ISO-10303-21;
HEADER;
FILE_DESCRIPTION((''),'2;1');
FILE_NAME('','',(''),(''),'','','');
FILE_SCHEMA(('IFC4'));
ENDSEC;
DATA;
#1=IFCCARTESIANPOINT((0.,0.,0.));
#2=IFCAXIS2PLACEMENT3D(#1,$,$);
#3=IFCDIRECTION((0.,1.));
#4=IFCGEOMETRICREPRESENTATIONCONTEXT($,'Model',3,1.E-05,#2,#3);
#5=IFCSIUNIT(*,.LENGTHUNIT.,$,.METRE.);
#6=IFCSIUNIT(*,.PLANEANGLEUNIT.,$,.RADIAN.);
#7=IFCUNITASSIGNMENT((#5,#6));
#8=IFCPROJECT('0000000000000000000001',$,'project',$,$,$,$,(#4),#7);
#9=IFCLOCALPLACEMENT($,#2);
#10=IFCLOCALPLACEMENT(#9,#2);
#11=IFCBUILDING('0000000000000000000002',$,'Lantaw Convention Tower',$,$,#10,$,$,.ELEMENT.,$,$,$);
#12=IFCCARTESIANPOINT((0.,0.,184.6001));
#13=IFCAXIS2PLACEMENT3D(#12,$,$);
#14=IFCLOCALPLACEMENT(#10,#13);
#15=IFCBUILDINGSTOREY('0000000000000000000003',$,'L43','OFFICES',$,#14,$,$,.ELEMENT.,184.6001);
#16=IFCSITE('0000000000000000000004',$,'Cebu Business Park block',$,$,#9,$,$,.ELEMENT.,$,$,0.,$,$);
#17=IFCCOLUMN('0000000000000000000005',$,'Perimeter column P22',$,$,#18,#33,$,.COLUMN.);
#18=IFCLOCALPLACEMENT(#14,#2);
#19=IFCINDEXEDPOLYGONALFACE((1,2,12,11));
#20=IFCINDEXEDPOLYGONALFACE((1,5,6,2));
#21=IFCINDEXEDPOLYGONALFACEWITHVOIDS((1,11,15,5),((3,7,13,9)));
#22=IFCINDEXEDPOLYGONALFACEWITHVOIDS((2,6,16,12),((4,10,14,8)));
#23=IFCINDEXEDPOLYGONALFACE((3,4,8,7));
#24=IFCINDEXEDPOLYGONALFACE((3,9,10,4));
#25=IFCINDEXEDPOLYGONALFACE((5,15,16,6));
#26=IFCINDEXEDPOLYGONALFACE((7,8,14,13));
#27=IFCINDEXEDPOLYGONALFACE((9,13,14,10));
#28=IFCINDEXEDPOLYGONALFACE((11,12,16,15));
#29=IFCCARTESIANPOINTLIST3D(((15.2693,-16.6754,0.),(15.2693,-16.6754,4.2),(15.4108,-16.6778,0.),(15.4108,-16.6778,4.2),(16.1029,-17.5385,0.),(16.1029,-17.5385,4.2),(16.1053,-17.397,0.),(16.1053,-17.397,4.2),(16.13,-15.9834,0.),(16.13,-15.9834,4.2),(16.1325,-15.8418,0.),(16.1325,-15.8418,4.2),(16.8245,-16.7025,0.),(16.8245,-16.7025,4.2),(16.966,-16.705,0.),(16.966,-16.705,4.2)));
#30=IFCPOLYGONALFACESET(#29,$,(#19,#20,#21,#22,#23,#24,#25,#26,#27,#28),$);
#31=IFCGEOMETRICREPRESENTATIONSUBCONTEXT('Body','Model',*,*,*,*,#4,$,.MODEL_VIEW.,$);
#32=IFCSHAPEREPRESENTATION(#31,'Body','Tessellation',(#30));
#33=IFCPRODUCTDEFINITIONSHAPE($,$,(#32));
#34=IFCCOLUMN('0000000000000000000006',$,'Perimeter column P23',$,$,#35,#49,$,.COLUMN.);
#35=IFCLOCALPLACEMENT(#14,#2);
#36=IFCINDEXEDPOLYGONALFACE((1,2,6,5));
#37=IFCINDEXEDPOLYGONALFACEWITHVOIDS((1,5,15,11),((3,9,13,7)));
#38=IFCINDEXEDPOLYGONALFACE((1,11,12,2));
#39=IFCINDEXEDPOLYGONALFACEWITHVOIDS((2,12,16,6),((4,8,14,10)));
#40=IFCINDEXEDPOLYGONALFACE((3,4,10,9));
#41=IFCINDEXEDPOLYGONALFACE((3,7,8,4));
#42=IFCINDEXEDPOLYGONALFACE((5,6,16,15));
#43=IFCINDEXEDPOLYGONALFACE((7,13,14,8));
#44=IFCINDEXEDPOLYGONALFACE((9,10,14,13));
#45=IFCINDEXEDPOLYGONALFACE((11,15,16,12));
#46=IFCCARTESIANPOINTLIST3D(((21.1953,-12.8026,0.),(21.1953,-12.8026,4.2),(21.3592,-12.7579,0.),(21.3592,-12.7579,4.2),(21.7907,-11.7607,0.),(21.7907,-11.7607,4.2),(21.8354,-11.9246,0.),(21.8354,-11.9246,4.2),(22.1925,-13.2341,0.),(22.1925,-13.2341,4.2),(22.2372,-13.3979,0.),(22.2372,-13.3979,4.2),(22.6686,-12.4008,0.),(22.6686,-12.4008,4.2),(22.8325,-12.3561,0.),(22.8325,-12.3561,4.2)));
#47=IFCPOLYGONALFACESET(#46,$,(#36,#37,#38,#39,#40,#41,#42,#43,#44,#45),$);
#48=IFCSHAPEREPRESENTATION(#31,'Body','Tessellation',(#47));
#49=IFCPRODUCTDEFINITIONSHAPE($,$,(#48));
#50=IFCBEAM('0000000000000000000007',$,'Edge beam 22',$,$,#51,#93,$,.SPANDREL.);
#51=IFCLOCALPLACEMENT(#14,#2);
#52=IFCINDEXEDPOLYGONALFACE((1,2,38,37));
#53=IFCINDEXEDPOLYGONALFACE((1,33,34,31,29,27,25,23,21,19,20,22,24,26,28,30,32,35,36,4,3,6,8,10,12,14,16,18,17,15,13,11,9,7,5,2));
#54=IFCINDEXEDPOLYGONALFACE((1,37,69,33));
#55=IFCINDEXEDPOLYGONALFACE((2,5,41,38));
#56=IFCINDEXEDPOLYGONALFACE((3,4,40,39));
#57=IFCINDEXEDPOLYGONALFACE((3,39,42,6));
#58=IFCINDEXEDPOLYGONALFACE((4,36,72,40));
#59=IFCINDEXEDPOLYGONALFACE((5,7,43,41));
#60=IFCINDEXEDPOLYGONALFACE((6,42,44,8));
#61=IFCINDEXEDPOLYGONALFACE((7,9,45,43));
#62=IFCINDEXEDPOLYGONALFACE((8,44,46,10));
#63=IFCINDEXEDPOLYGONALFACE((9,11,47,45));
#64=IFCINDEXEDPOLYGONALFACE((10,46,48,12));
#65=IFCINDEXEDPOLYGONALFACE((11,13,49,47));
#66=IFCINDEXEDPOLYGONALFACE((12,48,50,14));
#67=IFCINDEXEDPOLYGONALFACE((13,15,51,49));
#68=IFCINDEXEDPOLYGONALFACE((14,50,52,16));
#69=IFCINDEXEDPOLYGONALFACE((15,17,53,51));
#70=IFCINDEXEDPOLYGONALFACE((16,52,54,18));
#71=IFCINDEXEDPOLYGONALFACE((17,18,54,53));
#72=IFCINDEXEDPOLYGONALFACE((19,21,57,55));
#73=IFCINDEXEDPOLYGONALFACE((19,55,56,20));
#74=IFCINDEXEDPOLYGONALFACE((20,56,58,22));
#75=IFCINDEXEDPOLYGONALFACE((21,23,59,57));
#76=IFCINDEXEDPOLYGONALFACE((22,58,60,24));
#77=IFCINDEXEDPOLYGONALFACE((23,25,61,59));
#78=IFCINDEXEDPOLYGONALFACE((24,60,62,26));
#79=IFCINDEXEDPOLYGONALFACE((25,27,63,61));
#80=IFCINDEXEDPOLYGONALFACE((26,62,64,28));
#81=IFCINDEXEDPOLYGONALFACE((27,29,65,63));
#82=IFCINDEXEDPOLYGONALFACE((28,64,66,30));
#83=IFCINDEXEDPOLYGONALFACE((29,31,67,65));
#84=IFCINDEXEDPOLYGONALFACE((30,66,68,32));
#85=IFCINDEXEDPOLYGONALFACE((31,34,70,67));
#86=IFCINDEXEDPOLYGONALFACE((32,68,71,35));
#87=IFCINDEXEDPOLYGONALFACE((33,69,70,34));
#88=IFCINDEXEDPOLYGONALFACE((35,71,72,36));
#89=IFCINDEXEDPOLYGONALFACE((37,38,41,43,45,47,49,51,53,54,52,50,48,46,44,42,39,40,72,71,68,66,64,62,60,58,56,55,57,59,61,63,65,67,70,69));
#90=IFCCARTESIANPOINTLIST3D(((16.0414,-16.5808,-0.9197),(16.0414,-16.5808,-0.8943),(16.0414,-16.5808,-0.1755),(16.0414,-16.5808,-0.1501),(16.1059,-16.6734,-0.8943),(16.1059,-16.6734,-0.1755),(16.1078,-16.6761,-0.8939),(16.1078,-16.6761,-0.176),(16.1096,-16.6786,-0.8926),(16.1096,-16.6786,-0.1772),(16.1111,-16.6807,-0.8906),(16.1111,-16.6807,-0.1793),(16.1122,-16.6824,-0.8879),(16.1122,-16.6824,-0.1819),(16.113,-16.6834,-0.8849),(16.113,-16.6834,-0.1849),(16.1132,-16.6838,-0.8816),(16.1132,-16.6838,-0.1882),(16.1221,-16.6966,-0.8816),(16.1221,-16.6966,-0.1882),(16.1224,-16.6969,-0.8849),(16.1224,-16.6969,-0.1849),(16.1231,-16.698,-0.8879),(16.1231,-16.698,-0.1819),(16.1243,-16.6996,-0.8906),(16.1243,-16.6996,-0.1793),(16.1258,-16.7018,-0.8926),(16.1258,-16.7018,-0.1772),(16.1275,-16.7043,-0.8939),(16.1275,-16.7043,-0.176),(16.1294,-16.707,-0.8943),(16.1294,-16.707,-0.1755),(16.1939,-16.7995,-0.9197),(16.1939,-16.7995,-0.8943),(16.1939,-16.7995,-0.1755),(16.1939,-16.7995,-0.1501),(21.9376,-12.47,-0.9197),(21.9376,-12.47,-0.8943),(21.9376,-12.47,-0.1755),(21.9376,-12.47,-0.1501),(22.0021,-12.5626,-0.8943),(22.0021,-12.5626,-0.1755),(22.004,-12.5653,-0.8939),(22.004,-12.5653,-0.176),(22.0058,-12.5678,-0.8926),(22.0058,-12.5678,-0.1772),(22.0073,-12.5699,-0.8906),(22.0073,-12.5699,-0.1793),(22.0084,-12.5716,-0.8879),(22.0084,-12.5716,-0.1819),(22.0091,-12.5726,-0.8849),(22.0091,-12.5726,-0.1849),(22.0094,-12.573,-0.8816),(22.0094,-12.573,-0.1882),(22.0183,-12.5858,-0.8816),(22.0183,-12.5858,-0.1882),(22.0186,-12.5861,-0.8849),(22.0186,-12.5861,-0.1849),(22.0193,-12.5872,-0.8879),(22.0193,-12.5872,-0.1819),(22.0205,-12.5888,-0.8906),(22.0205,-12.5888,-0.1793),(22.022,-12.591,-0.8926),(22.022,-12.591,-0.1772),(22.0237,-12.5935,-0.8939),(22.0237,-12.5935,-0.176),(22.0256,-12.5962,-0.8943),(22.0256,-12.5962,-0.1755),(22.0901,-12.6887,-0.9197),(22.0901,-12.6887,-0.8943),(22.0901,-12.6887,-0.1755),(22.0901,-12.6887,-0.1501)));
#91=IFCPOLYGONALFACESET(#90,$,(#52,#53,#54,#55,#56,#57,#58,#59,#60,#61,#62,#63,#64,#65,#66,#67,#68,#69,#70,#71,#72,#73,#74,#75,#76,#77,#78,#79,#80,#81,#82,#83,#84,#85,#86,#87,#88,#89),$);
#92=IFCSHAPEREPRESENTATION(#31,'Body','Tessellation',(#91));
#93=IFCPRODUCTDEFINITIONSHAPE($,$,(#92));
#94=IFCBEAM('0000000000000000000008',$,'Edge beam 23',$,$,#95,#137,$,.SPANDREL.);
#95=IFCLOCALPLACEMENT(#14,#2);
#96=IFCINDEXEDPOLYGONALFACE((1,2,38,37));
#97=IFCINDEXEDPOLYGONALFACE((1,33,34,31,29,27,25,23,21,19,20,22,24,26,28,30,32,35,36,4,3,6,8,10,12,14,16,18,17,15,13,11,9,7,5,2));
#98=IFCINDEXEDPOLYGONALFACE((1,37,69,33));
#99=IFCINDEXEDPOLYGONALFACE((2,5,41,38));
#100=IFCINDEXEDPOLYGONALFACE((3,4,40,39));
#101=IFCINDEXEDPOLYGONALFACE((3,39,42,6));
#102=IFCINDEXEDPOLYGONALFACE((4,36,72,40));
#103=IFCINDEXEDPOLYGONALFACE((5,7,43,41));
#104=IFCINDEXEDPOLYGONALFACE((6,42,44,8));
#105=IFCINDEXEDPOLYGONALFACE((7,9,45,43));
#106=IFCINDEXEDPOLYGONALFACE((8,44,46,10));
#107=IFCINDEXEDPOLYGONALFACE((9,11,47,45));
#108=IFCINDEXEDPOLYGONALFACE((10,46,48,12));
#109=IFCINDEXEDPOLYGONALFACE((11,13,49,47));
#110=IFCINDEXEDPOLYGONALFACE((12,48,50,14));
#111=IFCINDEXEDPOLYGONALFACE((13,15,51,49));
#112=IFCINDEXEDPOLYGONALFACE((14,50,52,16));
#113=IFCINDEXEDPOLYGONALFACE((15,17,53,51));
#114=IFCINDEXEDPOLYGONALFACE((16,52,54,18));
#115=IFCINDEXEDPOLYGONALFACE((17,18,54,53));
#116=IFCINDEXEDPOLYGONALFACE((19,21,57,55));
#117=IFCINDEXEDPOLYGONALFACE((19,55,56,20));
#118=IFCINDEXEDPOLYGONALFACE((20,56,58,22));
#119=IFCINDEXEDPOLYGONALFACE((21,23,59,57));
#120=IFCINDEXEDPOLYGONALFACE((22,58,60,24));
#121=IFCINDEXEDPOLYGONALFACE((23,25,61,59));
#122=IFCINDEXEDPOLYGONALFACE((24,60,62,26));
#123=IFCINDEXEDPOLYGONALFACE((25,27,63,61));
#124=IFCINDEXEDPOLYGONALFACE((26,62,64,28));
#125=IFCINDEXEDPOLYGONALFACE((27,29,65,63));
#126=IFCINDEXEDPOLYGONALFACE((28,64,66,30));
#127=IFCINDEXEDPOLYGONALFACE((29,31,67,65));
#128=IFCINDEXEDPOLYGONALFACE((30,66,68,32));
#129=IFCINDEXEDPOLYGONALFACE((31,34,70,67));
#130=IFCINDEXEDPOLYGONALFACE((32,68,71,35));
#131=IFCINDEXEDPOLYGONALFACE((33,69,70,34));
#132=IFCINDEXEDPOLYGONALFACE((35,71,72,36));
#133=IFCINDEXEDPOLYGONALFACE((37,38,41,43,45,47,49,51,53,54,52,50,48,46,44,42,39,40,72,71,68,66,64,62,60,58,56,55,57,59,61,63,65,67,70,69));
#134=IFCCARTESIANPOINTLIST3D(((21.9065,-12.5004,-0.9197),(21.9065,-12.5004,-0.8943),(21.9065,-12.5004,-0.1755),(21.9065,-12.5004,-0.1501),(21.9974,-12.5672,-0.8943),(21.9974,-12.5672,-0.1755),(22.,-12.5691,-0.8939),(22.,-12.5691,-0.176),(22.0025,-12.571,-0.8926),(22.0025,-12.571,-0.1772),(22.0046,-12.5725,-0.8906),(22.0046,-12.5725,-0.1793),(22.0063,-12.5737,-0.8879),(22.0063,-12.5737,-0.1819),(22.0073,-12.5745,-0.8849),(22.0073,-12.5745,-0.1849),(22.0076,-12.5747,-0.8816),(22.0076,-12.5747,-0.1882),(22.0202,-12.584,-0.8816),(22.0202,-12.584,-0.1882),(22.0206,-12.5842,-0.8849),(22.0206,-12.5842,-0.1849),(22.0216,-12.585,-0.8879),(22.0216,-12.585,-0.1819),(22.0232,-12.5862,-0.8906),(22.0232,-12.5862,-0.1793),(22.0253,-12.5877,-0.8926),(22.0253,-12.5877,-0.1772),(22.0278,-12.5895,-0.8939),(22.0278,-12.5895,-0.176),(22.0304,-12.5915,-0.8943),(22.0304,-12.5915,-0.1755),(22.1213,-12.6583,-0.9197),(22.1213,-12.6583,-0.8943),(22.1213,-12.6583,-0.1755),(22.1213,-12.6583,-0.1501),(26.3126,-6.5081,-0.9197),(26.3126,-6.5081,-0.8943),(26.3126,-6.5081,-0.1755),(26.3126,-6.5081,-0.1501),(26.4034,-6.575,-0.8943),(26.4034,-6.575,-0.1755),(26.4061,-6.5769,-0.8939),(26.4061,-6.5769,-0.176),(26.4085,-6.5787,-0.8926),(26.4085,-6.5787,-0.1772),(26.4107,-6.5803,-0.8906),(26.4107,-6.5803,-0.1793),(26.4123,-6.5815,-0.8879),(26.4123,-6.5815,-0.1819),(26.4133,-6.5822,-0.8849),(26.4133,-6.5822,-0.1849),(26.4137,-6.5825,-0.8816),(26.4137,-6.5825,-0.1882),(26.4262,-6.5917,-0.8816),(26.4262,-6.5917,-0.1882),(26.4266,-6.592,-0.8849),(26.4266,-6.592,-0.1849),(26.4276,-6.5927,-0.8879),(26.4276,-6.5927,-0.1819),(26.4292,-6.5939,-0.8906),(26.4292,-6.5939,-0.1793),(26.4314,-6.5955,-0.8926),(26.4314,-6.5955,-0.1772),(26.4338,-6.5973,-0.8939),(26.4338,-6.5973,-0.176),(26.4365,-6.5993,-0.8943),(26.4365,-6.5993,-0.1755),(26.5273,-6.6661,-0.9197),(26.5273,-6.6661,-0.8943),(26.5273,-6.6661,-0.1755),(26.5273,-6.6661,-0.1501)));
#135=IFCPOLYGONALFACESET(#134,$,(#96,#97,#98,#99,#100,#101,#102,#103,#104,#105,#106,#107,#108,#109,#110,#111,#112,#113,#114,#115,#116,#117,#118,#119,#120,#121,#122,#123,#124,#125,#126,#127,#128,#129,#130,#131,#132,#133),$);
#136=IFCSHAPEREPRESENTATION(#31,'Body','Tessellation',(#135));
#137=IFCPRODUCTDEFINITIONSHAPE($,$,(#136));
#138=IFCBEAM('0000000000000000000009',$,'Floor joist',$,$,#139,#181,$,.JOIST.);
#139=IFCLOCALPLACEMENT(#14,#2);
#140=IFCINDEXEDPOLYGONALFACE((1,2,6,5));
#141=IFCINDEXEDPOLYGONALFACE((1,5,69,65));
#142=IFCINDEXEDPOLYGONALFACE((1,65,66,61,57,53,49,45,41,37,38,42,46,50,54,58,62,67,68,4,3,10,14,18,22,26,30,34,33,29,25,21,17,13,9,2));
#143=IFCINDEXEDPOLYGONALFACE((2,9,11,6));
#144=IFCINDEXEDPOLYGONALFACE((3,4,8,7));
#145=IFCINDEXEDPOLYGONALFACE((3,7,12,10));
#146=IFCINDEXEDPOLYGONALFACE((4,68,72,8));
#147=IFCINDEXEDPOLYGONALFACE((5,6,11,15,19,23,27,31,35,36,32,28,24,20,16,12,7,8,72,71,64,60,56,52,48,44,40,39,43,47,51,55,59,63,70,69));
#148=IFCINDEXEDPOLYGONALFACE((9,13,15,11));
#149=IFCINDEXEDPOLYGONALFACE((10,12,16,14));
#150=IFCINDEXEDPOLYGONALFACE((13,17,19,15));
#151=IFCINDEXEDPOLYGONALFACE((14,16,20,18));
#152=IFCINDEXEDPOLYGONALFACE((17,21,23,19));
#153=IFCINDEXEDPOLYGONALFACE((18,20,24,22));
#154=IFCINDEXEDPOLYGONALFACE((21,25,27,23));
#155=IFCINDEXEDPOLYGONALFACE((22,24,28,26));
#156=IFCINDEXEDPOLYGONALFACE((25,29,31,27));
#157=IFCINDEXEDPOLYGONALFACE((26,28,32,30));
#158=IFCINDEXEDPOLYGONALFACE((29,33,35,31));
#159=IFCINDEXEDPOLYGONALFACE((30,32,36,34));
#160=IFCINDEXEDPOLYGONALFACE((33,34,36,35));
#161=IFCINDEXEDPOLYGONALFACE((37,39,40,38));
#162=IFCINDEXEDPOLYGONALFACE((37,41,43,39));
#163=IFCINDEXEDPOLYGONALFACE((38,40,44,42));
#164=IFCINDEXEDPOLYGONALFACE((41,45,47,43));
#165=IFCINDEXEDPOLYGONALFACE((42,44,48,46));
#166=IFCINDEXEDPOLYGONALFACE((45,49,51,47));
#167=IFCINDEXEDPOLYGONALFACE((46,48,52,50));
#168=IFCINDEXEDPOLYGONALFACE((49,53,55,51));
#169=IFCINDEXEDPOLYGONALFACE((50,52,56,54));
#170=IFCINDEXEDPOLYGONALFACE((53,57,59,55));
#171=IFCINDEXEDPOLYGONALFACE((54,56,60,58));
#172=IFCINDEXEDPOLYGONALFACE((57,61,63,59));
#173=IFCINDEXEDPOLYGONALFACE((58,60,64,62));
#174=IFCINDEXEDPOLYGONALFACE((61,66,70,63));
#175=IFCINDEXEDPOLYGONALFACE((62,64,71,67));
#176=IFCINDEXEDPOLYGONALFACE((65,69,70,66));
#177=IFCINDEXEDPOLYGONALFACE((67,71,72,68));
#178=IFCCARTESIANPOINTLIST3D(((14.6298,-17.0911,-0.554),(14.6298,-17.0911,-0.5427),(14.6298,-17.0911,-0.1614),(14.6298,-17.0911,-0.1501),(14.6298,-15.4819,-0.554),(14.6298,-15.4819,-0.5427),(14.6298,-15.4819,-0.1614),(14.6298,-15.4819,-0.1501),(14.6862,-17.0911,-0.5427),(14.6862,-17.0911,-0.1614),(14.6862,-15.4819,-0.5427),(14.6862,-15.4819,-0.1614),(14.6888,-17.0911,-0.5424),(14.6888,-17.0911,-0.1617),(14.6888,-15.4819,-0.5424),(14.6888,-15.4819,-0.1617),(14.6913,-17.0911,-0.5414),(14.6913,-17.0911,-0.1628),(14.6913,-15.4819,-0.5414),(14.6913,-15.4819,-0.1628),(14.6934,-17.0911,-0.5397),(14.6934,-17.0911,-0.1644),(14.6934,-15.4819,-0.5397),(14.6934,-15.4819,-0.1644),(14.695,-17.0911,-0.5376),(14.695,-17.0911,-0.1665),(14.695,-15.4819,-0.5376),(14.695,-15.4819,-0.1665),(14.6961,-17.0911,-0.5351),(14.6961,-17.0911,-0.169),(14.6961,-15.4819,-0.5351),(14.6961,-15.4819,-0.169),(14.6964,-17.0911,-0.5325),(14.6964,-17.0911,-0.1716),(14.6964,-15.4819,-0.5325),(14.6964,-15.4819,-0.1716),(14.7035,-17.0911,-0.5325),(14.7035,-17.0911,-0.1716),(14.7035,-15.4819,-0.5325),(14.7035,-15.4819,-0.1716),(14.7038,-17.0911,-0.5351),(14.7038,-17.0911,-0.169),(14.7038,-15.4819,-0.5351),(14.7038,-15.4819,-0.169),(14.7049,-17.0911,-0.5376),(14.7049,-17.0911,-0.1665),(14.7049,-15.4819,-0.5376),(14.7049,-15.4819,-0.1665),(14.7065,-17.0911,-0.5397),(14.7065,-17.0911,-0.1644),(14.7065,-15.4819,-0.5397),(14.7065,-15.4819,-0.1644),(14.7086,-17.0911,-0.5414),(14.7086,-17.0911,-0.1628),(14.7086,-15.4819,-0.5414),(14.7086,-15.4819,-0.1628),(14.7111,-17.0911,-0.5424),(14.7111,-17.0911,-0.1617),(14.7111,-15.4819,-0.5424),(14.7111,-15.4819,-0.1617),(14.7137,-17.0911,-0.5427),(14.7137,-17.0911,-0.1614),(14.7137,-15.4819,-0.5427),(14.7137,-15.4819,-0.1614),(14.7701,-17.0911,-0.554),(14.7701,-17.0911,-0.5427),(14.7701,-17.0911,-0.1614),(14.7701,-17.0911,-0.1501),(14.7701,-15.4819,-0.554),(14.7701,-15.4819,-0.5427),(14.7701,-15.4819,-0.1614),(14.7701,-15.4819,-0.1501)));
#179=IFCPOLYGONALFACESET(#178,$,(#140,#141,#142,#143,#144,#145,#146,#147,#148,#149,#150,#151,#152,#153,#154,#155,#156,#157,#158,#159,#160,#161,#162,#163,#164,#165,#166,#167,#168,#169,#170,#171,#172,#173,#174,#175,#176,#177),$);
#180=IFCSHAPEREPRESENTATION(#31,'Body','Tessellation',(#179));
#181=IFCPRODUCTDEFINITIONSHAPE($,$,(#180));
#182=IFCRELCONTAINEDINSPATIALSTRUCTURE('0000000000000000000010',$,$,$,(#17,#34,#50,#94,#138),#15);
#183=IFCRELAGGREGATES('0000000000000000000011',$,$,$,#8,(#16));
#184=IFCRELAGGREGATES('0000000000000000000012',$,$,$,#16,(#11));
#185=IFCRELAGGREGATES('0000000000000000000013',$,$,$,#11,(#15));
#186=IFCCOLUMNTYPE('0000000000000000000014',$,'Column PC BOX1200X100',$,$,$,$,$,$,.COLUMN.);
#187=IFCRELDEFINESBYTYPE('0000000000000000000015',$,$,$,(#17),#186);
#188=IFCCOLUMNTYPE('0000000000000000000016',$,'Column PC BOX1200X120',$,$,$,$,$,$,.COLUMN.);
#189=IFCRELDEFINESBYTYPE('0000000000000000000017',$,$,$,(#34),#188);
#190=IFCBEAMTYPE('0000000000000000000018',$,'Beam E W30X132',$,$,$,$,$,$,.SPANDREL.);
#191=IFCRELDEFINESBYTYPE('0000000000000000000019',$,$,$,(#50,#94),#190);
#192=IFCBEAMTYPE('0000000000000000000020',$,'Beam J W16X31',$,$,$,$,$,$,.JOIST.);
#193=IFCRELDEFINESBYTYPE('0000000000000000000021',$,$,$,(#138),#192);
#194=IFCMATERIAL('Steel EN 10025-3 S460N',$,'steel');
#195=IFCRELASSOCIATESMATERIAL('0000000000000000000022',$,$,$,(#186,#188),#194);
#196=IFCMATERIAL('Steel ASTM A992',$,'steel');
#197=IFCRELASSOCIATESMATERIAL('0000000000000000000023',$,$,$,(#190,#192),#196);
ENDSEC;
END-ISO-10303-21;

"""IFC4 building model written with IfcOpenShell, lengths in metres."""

from ifc_helpers import new_model, si_unit, direction, frame, origin, origin_2d, place, context, subcontext, project, spatial, rectangle, hollow_rectangle, i_section, extrude, material, material_profile, profile_set, type_object, element, save


model = new_model("IFC4")

# Units and contexts
model_context = context("Model", 3, precision=1e-05, world=origin(), true_north=direction((0.0, 1.0)))
body_context = subcontext(model_context, "Body", "Model", "MODEL_VIEW")
ifc_project = project(units=[si_unit("LENGTHUNIT", "METRE"), si_unit("PLANEANGLEUNIT", "RADIAN")], contexts=[model_context])

# Site, building, storey
site_placement = place(None, origin())
site = spatial("IfcSite", under=ifc_project, at=site_placement, Name="Cebu Business Park block", CompositionType="ELEMENT", RefElevation=0.0)
building_placement = place(site_placement, origin())
building = spatial("IfcBuilding", under=site, at=building_placement, Name="Lantaw Convention Tower", CompositionType="ELEMENT")
storey_placement = place(building_placement, frame((0.0, 0.0, 184.6001)))
storey = spatial("IfcBuildingStorey", under=building, at=storey_placement, Name="L43", Description="OFFICES", CompositionType="ELEMENT", Elevation=184.6001)

# Columns
ifc_material_1 = material(Name="Steel EN 10025-3 S460N", Category="steel")
ifc_material_profile_1 = material_profile(ifc_material_1, hollow_rectangle(XDim=1.2, YDim=1.2, WallThickness=0.1001, at=origin_2d()), Name="BOX1200X100")
ifc_material_2 = material(Name="Concrete C60/75", Category="concrete")
ifc_material_profile_2 = material_profile(ifc_material_2, rectangle(XDim=1.0, YDim=1.0, at=origin_2d()), Name="Concrete fill of BOX1200X100")
ifc_profile_set_1 = profile_set([ifc_material_profile_1, ifc_material_profile_2], Name="Steel EN 10025-3 S460N")
column_type_1 = type_object("IfcColumnType", Name="Column PC BOX1200X100", PredefinedType="COLUMN", material=ifc_profile_set_1)
column_1_placement = place(storey_placement, frame((16.1177, -16.6902, 0.0), z_axis=(0.0, 0.0, 1.0), x_axis=(0.71934, 0.694658, 0.0)))
element("IfcColumn", 1, at=column_1_placement, inside=storey, type_object=column_type_1, Name="Perimeter column P22", PredefinedType="COLUMN", context=body_context, shape_type="SweptSolid", body=[
    extrude(hollow_rectangle(XDim=1.2, YDim=1.2, WallThickness=0.1001, at=origin_2d()), origin(), (0.0, 0.0, 1.0), 4.2),
])
ifc_material_profile_3 = material_profile(ifc_material_1, hollow_rectangle(XDim=1.2, YDim=1.2, WallThickness=0.1201, at=origin_2d()), Name="BOX1200X120")
ifc_material_profile_4 = material_profile(ifc_material_2, rectangle(XDim=0.96, YDim=0.96, at=origin_2d()), Name="Concrete fill of BOX1200X120")
ifc_profile_set_2 = profile_set([ifc_material_profile_3, ifc_material_profile_4], Name="Steel EN 10025-3 S460N")
column_type_2 = type_object("IfcColumnType", Name="Column PC BOX1200X120", PredefinedType="COLUMN", material=ifc_profile_set_2)
column_2_placement = place(storey_placement, frame((22.0139, -12.5793, 0.0), z_axis=(0.0, 0.0, 1.0), x_axis=(0.496139, 0.868243, 0.0)))
element("IfcColumn", 2, at=column_2_placement, inside=storey, type_object=column_type_2, Name="Perimeter column P23", PredefinedType="COLUMN", context=body_context, shape_type="SweptSolid", body=[
    extrude(hollow_rectangle(XDim=1.2, YDim=1.2, WallThickness=0.1201, at=origin_2d()), origin(), (0.0, 0.0, 1.0), 4.2),
])

# Beams
ifc_material_3 = material(Name="Steel ASTM A992", Category="steel")
ifc_material_profile_5 = material_profile(ifc_material_3, i_section(OverallWidth=0.2666, OverallDepth=0.7695, WebThickness=0.0156, FlangeThickness=0.0254, FilletRadius=0.0127, at=origin_2d()), Name="W30X132")
ifc_profile_set_3 = profile_set([ifc_material_profile_5], Name="Steel ASTM A992")
beam_type_1 = type_object("IfcBeamType", Name="Beam E W30X132", PredefinedType="SPANDREL", material=ifc_profile_set_3)
beam_1_placement = place(storey_placement, frame((16.1177, -16.6902, -0.5349), z_axis=(0.820311, 0.571918, 0.0), x_axis=(-0.571918, 0.820311, 0.0)))
element("IfcBeam", 3, at=beam_1_placement, inside=storey, type_object=beam_type_1, Name="Edge beam 22", PredefinedType="SPANDREL", context=body_context, shape_type="SweptSolid", body=[
    extrude(i_section(OverallWidth=0.2666, OverallDepth=0.7695, WebThickness=0.0156, FlangeThickness=0.0254, FilletRadius=0.0127, at=origin_2d()), origin(), (0.0, 0.0, 1.0), 7.1877),
])
beam_2_placement = place(storey_placement, frame((22.0139, -12.5793, -0.5349), z_axis=(0.592389, 0.805652, 0.0), x_axis=(-0.805652, 0.592389, 0.0)))
element("IfcBeam", 4, at=beam_2_placement, inside=storey, type_object=beam_type_1, Name="Edge beam 23", PredefinedType="SPANDREL", context=body_context, shape_type="SweptSolid", body=[
    extrude(i_section(OverallWidth=0.2666, OverallDepth=0.7695, WebThickness=0.0156, FlangeThickness=0.0254, FilletRadius=0.0127, at=origin_2d()), origin(), (0.0, 0.0, 1.0), 7.4377),
])
ifc_material_profile_6 = material_profile(ifc_material_3, i_section(OverallWidth=0.1404, OverallDepth=0.4038, WebThickness=0.0071, FlangeThickness=0.0112, FilletRadius=0.0103, at=origin_2d()), Name="W16X31")
ifc_profile_set_4 = profile_set([ifc_material_profile_6], Name="Steel ASTM A992")
beam_type_2 = type_object("IfcBeamType", Name="Beam J W16X31", PredefinedType="JOIST", material=ifc_profile_set_4)
beam_3_placement = place(storey_placement, frame((14.7, -17.0911, -0.3521), z_axis=(0.0, 1.0, 0.0), x_axis=(-1.0, 0.0, 0.0)))
element("IfcBeam", 5, at=beam_3_placement, inside=storey, type_object=beam_type_2, Name="Floor joist", PredefinedType="JOIST", context=body_context, shape_type="SweptSolid", body=[
    extrude(i_section(OverallWidth=0.1404, OverallDepth=0.4038, WebThickness=0.0071, FlangeThickness=0.0112, FilletRadius=0.0103, at=origin_2d()), origin(), (0.0, 0.0, 1.0), 1.6091),
])

save(model, "model.ifc")
